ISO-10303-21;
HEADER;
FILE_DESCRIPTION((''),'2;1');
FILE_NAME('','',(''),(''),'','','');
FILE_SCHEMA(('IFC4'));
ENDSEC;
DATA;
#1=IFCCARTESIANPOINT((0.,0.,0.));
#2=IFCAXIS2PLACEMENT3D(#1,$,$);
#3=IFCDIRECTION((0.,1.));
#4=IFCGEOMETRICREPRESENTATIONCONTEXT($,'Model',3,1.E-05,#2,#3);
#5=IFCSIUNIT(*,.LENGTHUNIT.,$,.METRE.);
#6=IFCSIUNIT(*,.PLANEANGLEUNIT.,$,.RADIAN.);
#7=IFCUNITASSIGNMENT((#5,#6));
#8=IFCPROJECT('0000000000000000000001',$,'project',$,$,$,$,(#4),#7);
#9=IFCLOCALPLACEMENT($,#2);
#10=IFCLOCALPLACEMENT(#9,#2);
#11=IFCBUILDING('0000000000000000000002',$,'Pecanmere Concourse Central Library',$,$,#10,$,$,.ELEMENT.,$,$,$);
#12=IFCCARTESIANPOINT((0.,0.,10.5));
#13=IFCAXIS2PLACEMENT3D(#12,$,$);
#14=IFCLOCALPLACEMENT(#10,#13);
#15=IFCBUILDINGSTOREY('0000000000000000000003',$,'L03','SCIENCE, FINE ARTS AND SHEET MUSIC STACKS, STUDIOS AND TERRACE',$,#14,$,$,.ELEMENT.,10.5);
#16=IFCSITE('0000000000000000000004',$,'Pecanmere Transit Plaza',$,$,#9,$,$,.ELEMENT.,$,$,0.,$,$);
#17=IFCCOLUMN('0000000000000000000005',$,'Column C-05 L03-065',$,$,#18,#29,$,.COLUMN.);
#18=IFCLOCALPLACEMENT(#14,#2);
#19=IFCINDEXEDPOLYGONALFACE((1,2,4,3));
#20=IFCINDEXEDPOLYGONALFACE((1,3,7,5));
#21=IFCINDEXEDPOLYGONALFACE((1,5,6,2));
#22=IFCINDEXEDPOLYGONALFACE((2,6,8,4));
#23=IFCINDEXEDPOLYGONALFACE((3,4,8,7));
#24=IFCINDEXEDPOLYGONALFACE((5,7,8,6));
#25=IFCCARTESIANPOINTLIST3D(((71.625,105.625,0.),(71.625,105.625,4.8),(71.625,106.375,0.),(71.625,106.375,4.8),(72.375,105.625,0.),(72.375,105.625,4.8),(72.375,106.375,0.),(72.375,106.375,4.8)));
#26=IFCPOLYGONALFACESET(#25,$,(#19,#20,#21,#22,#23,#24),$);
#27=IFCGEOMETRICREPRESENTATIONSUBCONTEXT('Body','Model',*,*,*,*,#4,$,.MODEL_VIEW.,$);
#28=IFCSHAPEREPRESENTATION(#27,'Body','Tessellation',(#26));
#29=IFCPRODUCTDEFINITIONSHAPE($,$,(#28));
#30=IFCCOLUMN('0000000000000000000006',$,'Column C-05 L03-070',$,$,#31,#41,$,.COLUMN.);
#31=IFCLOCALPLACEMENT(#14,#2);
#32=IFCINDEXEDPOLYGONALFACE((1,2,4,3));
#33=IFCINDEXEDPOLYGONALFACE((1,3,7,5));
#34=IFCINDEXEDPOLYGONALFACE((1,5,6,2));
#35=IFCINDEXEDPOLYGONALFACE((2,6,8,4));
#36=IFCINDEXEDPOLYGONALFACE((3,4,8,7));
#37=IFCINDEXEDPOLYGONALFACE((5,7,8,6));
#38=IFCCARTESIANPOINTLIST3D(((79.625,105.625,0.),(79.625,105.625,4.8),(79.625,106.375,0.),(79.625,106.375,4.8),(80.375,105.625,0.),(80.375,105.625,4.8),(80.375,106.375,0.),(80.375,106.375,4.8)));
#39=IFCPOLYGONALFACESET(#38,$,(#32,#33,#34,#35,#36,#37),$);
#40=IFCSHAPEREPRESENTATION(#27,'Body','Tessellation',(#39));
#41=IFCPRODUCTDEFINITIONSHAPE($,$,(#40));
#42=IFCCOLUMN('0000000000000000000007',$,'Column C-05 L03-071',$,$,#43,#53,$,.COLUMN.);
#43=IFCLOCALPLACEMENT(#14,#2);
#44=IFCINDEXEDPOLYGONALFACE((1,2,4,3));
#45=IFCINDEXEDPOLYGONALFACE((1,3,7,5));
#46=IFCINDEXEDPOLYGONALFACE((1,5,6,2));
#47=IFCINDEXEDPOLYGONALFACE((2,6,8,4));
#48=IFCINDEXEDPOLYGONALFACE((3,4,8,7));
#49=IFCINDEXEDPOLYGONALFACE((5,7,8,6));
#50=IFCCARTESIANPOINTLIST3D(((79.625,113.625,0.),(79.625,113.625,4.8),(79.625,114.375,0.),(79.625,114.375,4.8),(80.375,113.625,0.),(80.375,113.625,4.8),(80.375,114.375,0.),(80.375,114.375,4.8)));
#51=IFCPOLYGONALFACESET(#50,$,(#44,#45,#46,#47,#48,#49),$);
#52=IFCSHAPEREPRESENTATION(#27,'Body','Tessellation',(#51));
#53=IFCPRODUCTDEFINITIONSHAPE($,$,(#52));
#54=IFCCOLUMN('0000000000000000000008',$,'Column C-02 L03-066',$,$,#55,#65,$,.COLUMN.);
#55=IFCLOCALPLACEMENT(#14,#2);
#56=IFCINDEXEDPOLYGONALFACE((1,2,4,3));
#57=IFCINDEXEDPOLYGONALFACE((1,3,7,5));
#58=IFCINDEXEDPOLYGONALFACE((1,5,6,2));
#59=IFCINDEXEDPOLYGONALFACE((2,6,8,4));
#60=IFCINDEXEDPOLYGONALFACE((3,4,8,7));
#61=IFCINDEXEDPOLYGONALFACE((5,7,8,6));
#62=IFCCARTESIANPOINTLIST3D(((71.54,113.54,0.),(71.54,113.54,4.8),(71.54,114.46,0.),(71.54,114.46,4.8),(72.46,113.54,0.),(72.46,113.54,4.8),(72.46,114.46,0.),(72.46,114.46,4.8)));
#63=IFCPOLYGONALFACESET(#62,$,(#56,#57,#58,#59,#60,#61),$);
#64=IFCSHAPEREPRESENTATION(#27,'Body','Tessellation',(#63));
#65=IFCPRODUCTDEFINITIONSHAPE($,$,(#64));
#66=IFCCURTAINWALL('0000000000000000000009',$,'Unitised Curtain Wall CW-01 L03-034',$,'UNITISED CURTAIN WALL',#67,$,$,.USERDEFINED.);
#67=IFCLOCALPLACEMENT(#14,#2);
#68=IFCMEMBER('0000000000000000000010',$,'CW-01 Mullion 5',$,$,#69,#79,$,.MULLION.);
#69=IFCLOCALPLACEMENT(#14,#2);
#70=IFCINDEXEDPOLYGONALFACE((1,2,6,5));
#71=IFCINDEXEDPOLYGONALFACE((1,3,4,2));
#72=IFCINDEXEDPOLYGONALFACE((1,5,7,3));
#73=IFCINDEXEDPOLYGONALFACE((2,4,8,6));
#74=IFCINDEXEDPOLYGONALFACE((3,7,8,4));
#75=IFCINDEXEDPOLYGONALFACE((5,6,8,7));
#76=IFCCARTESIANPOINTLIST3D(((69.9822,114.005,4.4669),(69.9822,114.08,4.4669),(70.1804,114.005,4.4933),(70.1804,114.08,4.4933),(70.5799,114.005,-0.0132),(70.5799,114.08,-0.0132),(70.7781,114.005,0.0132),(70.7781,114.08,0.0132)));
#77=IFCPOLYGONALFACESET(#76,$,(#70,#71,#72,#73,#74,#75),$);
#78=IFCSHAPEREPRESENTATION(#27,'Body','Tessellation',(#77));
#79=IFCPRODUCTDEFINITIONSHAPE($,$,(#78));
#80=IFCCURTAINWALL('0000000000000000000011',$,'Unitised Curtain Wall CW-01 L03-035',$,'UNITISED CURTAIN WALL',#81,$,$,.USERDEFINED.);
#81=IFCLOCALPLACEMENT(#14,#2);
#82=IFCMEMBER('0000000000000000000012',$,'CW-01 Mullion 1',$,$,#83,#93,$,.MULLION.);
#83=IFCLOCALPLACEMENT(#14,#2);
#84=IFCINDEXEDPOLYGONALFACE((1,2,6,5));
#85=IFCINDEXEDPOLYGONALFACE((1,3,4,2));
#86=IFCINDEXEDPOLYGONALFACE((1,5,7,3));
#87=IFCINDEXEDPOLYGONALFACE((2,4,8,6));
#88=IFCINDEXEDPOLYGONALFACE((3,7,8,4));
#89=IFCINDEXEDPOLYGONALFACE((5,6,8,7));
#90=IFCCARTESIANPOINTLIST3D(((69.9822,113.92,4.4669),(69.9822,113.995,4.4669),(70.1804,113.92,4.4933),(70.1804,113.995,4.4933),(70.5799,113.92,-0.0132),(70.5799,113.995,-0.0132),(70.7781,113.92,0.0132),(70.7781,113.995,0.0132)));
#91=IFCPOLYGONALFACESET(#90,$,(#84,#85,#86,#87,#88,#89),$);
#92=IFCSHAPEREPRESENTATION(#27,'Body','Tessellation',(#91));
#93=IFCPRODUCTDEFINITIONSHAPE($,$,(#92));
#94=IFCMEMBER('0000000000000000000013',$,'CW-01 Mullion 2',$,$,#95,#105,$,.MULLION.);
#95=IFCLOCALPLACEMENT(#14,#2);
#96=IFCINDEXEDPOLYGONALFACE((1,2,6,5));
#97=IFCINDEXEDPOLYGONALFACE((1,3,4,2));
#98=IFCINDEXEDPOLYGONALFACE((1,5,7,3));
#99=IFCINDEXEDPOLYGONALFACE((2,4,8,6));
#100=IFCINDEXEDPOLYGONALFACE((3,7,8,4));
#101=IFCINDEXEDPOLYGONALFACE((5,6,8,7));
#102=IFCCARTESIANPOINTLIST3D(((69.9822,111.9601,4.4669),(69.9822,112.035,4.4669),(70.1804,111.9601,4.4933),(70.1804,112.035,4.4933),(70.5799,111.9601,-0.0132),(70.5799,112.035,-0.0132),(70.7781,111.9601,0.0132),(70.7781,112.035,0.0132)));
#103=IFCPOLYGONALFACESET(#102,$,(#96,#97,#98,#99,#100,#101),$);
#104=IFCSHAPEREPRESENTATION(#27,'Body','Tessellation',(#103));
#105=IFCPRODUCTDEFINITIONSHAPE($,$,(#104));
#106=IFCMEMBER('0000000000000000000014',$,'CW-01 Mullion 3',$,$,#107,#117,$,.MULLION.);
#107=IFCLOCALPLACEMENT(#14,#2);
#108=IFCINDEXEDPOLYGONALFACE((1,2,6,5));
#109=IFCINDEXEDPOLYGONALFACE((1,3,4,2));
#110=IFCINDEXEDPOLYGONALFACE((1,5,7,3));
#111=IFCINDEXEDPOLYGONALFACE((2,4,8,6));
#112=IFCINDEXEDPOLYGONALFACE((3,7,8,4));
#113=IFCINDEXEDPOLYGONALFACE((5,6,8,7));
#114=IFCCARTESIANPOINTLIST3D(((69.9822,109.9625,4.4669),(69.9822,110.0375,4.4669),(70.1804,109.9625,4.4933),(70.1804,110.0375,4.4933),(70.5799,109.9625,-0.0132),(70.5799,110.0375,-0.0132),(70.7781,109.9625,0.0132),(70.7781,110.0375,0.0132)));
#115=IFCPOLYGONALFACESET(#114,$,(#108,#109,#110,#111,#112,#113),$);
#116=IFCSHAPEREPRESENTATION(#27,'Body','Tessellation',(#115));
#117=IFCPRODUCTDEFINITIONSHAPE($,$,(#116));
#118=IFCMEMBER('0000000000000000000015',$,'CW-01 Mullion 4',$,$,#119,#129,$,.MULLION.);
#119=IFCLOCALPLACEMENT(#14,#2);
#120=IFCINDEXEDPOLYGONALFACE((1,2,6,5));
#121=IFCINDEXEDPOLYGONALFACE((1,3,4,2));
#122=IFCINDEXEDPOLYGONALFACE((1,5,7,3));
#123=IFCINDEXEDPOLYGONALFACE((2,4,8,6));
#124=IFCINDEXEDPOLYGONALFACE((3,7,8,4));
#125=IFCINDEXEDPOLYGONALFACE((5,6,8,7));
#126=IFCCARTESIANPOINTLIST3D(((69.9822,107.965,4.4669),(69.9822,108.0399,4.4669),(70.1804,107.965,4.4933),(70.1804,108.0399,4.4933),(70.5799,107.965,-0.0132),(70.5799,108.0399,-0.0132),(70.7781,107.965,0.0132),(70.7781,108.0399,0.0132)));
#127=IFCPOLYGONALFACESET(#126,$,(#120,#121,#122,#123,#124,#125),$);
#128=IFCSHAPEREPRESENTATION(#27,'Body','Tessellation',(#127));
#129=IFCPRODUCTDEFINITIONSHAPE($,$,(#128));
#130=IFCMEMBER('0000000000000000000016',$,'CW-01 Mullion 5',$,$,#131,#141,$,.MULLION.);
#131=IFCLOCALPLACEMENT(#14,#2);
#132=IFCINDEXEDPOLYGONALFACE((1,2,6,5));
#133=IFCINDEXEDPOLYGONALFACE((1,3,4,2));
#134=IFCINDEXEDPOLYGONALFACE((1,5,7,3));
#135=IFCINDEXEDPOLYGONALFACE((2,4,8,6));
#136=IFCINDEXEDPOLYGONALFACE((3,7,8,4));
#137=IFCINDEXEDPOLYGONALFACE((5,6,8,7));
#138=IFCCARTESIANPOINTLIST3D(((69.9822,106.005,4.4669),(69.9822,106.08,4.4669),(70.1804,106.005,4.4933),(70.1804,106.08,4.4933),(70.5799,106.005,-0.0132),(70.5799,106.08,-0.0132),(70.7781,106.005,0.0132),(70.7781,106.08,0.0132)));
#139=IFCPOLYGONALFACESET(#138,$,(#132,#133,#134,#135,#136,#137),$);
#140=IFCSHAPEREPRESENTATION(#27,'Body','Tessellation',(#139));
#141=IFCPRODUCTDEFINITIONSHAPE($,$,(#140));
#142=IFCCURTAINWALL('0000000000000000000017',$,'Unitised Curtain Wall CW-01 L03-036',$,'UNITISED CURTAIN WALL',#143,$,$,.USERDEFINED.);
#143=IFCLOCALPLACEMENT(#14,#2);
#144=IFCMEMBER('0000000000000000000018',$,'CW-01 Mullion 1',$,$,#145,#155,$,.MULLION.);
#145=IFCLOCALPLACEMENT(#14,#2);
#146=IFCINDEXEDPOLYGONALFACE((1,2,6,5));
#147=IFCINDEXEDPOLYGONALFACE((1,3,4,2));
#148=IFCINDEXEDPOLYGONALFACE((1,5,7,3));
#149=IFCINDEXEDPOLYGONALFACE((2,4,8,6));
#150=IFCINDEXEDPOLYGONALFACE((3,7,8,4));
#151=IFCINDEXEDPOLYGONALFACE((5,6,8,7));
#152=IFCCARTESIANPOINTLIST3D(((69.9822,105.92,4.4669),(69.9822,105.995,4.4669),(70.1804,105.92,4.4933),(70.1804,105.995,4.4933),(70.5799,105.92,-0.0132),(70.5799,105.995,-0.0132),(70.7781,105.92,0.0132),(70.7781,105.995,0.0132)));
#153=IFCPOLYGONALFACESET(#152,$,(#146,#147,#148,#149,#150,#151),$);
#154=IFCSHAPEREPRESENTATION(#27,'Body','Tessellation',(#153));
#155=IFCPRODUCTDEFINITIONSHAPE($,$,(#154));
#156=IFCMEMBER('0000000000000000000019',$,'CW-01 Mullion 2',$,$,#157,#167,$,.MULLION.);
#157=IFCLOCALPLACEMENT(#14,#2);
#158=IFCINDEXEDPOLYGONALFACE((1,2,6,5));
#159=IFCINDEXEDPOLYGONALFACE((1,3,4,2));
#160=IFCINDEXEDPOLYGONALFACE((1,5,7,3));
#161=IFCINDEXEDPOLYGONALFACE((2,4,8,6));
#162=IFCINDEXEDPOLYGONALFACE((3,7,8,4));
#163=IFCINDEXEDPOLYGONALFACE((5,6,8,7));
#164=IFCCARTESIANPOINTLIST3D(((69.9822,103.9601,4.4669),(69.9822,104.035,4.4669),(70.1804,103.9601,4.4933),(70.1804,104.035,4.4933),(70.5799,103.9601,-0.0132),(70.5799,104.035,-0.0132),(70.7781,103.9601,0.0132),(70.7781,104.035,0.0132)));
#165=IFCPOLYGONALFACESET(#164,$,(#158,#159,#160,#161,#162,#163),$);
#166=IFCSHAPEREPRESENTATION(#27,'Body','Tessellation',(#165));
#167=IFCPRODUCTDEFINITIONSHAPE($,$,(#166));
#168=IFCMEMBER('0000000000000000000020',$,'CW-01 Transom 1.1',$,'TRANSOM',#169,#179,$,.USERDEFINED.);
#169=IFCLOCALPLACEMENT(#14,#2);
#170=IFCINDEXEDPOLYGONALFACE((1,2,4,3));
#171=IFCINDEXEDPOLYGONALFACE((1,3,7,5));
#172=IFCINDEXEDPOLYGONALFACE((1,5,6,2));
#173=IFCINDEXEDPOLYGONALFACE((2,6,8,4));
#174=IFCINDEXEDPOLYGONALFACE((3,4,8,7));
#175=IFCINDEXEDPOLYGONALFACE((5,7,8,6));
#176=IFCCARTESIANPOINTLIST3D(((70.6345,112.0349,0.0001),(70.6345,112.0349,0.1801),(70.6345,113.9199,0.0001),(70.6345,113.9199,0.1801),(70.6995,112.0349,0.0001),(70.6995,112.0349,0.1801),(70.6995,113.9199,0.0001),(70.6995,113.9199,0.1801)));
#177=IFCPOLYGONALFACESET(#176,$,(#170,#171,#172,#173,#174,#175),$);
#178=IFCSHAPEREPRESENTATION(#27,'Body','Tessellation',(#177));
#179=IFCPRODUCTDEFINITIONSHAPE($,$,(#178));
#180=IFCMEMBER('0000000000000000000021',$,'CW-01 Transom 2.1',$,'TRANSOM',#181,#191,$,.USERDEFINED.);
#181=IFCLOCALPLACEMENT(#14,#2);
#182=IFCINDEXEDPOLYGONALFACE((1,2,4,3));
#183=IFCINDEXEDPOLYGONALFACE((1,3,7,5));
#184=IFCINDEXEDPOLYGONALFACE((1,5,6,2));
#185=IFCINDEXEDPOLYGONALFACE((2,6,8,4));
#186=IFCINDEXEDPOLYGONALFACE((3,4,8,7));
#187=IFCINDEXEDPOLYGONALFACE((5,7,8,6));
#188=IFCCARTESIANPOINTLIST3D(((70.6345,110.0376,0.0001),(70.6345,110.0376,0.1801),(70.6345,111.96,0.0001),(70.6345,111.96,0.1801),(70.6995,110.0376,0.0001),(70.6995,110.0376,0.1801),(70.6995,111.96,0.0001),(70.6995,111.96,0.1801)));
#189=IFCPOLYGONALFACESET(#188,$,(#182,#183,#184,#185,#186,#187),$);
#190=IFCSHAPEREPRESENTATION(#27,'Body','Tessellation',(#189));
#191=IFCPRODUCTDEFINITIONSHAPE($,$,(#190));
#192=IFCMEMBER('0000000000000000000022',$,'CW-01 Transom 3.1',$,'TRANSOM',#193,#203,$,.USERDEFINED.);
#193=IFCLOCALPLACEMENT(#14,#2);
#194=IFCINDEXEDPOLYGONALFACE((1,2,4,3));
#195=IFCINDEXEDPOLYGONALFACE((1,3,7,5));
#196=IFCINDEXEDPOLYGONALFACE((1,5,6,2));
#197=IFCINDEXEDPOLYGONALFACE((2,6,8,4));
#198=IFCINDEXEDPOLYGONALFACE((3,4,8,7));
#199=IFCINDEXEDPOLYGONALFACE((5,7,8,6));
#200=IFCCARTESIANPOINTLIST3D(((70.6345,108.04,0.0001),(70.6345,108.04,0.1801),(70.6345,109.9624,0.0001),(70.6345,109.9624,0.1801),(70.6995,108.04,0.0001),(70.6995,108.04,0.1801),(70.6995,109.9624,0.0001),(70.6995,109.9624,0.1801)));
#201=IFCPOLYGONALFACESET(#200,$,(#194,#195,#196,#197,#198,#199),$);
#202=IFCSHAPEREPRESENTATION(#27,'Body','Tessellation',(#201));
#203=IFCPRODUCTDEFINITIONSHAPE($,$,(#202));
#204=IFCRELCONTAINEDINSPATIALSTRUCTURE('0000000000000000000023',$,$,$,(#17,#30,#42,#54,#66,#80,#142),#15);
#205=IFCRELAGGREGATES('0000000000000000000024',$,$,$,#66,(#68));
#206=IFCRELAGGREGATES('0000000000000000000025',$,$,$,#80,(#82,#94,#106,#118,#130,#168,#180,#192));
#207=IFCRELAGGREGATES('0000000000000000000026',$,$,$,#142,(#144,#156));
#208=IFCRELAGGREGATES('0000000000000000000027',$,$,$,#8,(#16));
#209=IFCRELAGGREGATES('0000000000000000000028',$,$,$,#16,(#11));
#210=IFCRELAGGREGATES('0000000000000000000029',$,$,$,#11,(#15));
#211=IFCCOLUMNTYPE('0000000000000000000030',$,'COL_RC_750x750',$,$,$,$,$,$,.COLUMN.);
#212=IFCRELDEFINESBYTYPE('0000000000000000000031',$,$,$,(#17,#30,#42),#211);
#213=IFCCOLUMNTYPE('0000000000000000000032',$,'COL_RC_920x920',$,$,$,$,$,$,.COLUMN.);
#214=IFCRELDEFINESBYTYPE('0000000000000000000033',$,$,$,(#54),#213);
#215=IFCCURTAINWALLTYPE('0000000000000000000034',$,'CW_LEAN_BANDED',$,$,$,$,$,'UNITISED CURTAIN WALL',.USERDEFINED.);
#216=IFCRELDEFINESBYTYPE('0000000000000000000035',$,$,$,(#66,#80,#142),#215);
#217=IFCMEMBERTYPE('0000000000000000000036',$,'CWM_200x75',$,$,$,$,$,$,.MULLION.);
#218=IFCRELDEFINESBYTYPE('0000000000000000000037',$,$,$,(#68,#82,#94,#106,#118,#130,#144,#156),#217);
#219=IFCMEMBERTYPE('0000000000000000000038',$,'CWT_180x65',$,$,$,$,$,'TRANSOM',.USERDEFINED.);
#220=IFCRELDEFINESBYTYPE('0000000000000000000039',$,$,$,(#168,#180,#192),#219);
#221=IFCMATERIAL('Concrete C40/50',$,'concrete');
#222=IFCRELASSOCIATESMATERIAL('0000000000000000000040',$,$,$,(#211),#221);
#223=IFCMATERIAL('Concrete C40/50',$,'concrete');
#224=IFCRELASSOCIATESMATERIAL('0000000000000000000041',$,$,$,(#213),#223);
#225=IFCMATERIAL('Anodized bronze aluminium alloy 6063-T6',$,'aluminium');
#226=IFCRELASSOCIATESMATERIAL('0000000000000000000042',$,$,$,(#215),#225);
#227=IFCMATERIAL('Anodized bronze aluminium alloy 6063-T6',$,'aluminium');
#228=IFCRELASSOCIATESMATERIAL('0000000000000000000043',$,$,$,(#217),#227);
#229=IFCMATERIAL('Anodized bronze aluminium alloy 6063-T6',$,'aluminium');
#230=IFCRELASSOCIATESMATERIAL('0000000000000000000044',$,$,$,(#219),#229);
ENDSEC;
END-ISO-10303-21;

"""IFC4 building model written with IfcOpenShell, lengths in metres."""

from ifc_helpers import new_model, si_unit, direction, frame, origin, origin_2d, place, context, subcontext, project, spatial, rectangle, extrude, material, material_profile, profile_set, type_object, element, aggregate, save


model = new_model("IFC4")

# Units and contexts
model_context = context("Model", 3, precision=1e-05, world=origin(), true_north=direction((0.0, 1.0)))
body_context = subcontext(model_context, "Body", "Model", "MODEL_VIEW")
ifc_project = project(units=[si_unit("LENGTHUNIT", "METRE"), si_unit("PLANEANGLEUNIT", "RADIAN")], contexts=[model_context])

# Site, building, storey
site_placement = place(None, origin())
site = spatial("IfcSite", under=ifc_project, at=site_placement, Name="Pecanmere Transit Plaza", CompositionType="ELEMENT", RefElevation=0.0)
building_placement = place(site_placement, origin())
building = spatial("IfcBuilding", under=site, at=building_placement, Name="Pecanmere Concourse Central Library", CompositionType="ELEMENT")
storey_placement = place(building_placement, frame((0.0, 0.0, 10.5)))
storey = spatial("IfcBuildingStorey", under=building, at=storey_placement, Name="L03", Description="SCIENCE, FINE ARTS AND SHEET MUSIC STACKS, STUDIOS AND TERRACE", CompositionType="ELEMENT", Elevation=10.5)

# Columns
ifc_material_1 = material(Name="Concrete C40/50", Category="concrete")
ifc_material_profile_1 = material_profile(ifc_material_1, rectangle(XDim=0.75, YDim=0.75, at=origin_2d()), Name="RC 750x750")
ifc_profile_set_1 = profile_set([ifc_material_profile_1], Name="Concrete C40/50")
column_type_1 = type_object("IfcColumnType", Name="COL_RC_750x750", PredefinedType="COLUMN", material=ifc_profile_set_1)
for number, where, z_axis, x_axis, name in (
    (1, (72.0, 106.0, 0.0), (0.0, 0.0, 1.0), (1.0, 0.0, 0.0), "Column C-05 L03-065"),
    (2, (80.0, 106.0, 0.0), (0.0, 0.0, 1.0), (1.0, 0.0, 0.0), "Column C-05 L03-070"),
    (3, (80.0, 114.0, 0.0), (0.0, 0.0, 1.0), (1.0, 0.0, 0.0), "Column C-05 L03-071"),
):
    element("IfcColumn", number, at=place(storey_placement, frame(where, z_axis=z_axis, x_axis=x_axis)), inside=storey, type_object=column_type_1, Name=name, PredefinedType="COLUMN", context=body_context, shape_type="SweptSolid", body=[
        extrude(rectangle(XDim=0.75, YDim=0.75, at=origin_2d()), origin(), (0.0, 0.0, 1.0), 4.8),
    ])
ifc_material_2 = material(Name="Concrete C40/50", Category="concrete")
ifc_material_profile_2 = material_profile(ifc_material_2, rectangle(XDim=0.9199, YDim=0.9199, at=origin_2d()), Name="RC 920x920")
ifc_profile_set_2 = profile_set([ifc_material_profile_2], Name="Concrete C40/50")
column_type_2 = type_object("IfcColumnType", Name="COL_RC_920x920", PredefinedType="COLUMN", material=ifc_profile_set_2)
column_placement = place(storey_placement, frame((72.0, 114.0, 0.0), z_axis=(0.0, 0.0, 1.0), x_axis=(1.0, 0.0, 0.0)))
element("IfcColumn", 4, at=column_placement, inside=storey, type_object=column_type_2, Name="Column C-02 L03-066", PredefinedType="COLUMN", context=body_context, shape_type="SweptSolid", body=[
    extrude(rectangle(XDim=0.9199, YDim=0.9199, at=origin_2d()), origin(), (0.0, 0.0, 1.0), 4.8),
])

# Curtain wall, member
ifc_material_3 = material(Name="Anodized bronze aluminium alloy 6063-T6", Category="aluminium")
curtain_wall_type = type_object("IfcCurtainWallType", Name="CW_LEAN_BANDED", ElementType="UNITISED CURTAIN WALL", PredefinedType="USERDEFINED", material=ifc_material_3)
curtain_wall_1_placement = place(storey_placement, origin())
curtain_wall_1 = element("IfcCurtainWall", 5, at=curtain_wall_1_placement, inside=storey, type_object=curtain_wall_type, Name="Unitised Curtain Wall CW-01 L03-034", ObjectType="UNITISED CURTAIN WALL", PredefinedType="USERDEFINED")
ifc_material_4 = material(Name="Anodized bronze aluminium alloy 6063-T6", Category="aluminium")
ifc_material_profile_3 = material_profile(ifc_material_4, rectangle(XDim=0.075, YDim=0.2, at=origin_2d()), Name="AL 75x200")
ifc_profile_set_3 = profile_set([ifc_material_profile_3], Name="Anodized bronze aluminium alloy 6063-T6")
member_type_1 = type_object("IfcMemberType", Name="CWM_200x75", PredefinedType="MULLION", material=ifc_profile_set_3)
member_1_placement = place(storey_placement, frame((70.679, 114.0425, 0.0), z_axis=(-0.132234, 0.0, 0.991218), x_axis=(0.0, -1.0, 0.0)))
member_1 = element("IfcMember", 6, at=member_1_placement, type_object=member_type_1, Name="CW-01 Mullion 5", PredefinedType="MULLION", context=body_context, shape_type="SweptSolid", body=[
    extrude(rectangle(XDim=0.075, YDim=0.2, at=origin_2d()), origin(), (0.0, 0.0, 1.0), 4.5198),
])
aggregate(curtain_wall_1, [member_1])

# Curtain walls, members
curtain_wall_2_placement = place(storey_placement, origin())
curtain_wall_2 = element("IfcCurtainWall", 7, at=curtain_wall_2_placement, inside=storey, type_object=curtain_wall_type, Name="Unitised Curtain Wall CW-01 L03-035", ObjectType="UNITISED CURTAIN WALL", PredefinedType="USERDEFINED")
member_2_placement = place(storey_placement, frame((70.679, 113.9575, 0.0), z_axis=(-0.132234, 0.0, 0.991218), x_axis=(0.0, -1.0, 0.0)))
member_2 = element("IfcMember", 8, at=member_2_placement, type_object=member_type_1, Name="CW-01 Mullion 1", PredefinedType="MULLION", context=body_context, shape_type="SweptSolid", body=[
    extrude(rectangle(XDim=0.075, YDim=0.2, at=origin_2d()), origin(), (0.0, 0.0, 1.0), 4.5198),
])
member_3_placement = place(storey_placement, frame((70.679, 111.9976, 0.0), z_axis=(-0.132234, 0.0, 0.991218), x_axis=(0.0, -1.0, 0.0)))
member_3 = element("IfcMember", 9, at=member_3_placement, type_object=member_type_1, Name="CW-01 Mullion 2", PredefinedType="MULLION", context=body_context, shape_type="SweptSolid", body=[
    extrude(rectangle(XDim=0.075, YDim=0.2, at=origin_2d()), origin(), (0.0, 0.0, 1.0), 4.5198),
])
member_4_placement = place(storey_placement, frame((70.679, 110.0, 0.0), z_axis=(-0.132234, 0.0, 0.991218), x_axis=(0.0, -1.0, 0.0)))
member_4 = element("IfcMember", 10, at=member_4_placement, type_object=member_type_1, Name="CW-01 Mullion 3", PredefinedType="MULLION", context=body_context, shape_type="SweptSolid", body=[
    extrude(rectangle(XDim=0.075, YDim=0.2, at=origin_2d()), origin(), (0.0, 0.0, 1.0), 4.5198),
])
member_5_placement = place(storey_placement, frame((70.679, 108.0024, 0.0), z_axis=(-0.132234, 0.0, 0.991218), x_axis=(0.0, -1.0, 0.0)))
member_5 = element("IfcMember", 11, at=member_5_placement, type_object=member_type_1, Name="CW-01 Mullion 4", PredefinedType="MULLION", context=body_context, shape_type="SweptSolid", body=[
    extrude(rectangle(XDim=0.075, YDim=0.2, at=origin_2d()), origin(), (0.0, 0.0, 1.0), 4.5198),
])
member_6_placement = place(storey_placement, frame((70.679, 106.0425, 0.0), z_axis=(-0.132234, 0.0, 0.991218), x_axis=(0.0, -1.0, 0.0)))
member_6 = element("IfcMember", 12, at=member_6_placement, type_object=member_type_1, Name="CW-01 Mullion 5", PredefinedType="MULLION", context=body_context, shape_type="SweptSolid", body=[
    extrude(rectangle(XDim=0.075, YDim=0.2, at=origin_2d()), origin(), (0.0, 0.0, 1.0), 4.5198),
])
curtain_wall_3_placement = place(storey_placement, origin())
curtain_wall_3 = element("IfcCurtainWall", 13, at=curtain_wall_3_placement, inside=storey, type_object=curtain_wall_type, Name="Unitised Curtain Wall CW-01 L03-036", ObjectType="UNITISED CURTAIN WALL", PredefinedType="USERDEFINED")
member_7_placement = place(storey_placement, frame((70.679, 105.9575, 0.0), z_axis=(-0.132234, 0.0, 0.991218), x_axis=(0.0, -1.0, 0.0)))
member_7 = element("IfcMember", 14, at=member_7_placement, type_object=member_type_1, Name="CW-01 Mullion 1", PredefinedType="MULLION", context=body_context, shape_type="SweptSolid", body=[
    extrude(rectangle(XDim=0.075, YDim=0.2, at=origin_2d()), origin(), (0.0, 0.0, 1.0), 4.5198),
])
member_8_placement = place(storey_placement, frame((70.679, 103.9976, 0.0), z_axis=(-0.132234, 0.0, 0.991218), x_axis=(0.0, -1.0, 0.0)))
member_8 = element("IfcMember", 15, at=member_8_placement, type_object=member_type_1, Name="CW-01 Mullion 2", PredefinedType="MULLION", context=body_context, shape_type="SweptSolid", body=[
    extrude(rectangle(XDim=0.075, YDim=0.2, at=origin_2d()), origin(), (0.0, 0.0, 1.0), 4.5198),
])

# Members
ifc_material_5 = material(Name="Anodized bronze aluminium alloy 6063-T6", Category="aluminium")
ifc_material_profile_4 = material_profile(ifc_material_5, rectangle(XDim=0.0649, YDim=0.1799, at=origin_2d()), Name="AL 65x180")
ifc_profile_set_4 = profile_set([ifc_material_profile_4], Name="Anodized bronze aluminium alloy 6063-T6")
member_type_2 = type_object("IfcMemberType", Name="CWT_180x65", ElementType="TRANSOM", PredefinedType="USERDEFINED", material=ifc_profile_set_4)
member_9_placement = place(storey_placement, frame((70.667, 113.9199, 0.0901), z_axis=(0.0, -1.0, 0.0), x_axis=(1.0, 0.0, 0.0)))
member_9 = element("IfcMember", 16, at=member_9_placement, type_object=member_type_2, Name="CW-01 Transom 1.1", ObjectType="TRANSOM", PredefinedType="USERDEFINED", context=body_context, shape_type="SweptSolid", body=[
    extrude(rectangle(XDim=0.0649, YDim=0.1799, at=origin_2d()), origin(), (0.0, 0.0, 1.0), 1.885),
])
member_10_placement = place(storey_placement, frame((70.667, 111.96, 0.0901), z_axis=(0.0, -1.0, 0.0), x_axis=(1.0, 0.0, 0.0)))
member_10 = element("IfcMember", 17, at=member_10_placement, type_object=member_type_2, Name="CW-01 Transom 2.1", ObjectType="TRANSOM", PredefinedType="USERDEFINED", context=body_context, shape_type="SweptSolid", body=[
    extrude(rectangle(XDim=0.0649, YDim=0.1799, at=origin_2d()), origin(), (0.0, 0.0, 1.0), 1.9224),
])
member_11_placement = place(storey_placement, frame((70.667, 109.9624, 0.0901), z_axis=(0.0, -1.0, 0.0), x_axis=(1.0, 0.0, 0.0)))
member_11 = element("IfcMember", 18, at=member_11_placement, type_object=member_type_2, Name="CW-01 Transom 3.1", ObjectType="TRANSOM", PredefinedType="USERDEFINED", context=body_context, shape_type="SweptSolid", body=[
    extrude(rectangle(XDim=0.0649, YDim=0.1799, at=origin_2d()), origin(), (0.0, 0.0, 1.0), 1.9224),
])
aggregate(curtain_wall_2, [member_2, member_3, member_4, member_5, member_6, member_9, member_10, member_11])
aggregate(curtain_wall_3, [member_7, member_8])

save(model, "model.ifc")
